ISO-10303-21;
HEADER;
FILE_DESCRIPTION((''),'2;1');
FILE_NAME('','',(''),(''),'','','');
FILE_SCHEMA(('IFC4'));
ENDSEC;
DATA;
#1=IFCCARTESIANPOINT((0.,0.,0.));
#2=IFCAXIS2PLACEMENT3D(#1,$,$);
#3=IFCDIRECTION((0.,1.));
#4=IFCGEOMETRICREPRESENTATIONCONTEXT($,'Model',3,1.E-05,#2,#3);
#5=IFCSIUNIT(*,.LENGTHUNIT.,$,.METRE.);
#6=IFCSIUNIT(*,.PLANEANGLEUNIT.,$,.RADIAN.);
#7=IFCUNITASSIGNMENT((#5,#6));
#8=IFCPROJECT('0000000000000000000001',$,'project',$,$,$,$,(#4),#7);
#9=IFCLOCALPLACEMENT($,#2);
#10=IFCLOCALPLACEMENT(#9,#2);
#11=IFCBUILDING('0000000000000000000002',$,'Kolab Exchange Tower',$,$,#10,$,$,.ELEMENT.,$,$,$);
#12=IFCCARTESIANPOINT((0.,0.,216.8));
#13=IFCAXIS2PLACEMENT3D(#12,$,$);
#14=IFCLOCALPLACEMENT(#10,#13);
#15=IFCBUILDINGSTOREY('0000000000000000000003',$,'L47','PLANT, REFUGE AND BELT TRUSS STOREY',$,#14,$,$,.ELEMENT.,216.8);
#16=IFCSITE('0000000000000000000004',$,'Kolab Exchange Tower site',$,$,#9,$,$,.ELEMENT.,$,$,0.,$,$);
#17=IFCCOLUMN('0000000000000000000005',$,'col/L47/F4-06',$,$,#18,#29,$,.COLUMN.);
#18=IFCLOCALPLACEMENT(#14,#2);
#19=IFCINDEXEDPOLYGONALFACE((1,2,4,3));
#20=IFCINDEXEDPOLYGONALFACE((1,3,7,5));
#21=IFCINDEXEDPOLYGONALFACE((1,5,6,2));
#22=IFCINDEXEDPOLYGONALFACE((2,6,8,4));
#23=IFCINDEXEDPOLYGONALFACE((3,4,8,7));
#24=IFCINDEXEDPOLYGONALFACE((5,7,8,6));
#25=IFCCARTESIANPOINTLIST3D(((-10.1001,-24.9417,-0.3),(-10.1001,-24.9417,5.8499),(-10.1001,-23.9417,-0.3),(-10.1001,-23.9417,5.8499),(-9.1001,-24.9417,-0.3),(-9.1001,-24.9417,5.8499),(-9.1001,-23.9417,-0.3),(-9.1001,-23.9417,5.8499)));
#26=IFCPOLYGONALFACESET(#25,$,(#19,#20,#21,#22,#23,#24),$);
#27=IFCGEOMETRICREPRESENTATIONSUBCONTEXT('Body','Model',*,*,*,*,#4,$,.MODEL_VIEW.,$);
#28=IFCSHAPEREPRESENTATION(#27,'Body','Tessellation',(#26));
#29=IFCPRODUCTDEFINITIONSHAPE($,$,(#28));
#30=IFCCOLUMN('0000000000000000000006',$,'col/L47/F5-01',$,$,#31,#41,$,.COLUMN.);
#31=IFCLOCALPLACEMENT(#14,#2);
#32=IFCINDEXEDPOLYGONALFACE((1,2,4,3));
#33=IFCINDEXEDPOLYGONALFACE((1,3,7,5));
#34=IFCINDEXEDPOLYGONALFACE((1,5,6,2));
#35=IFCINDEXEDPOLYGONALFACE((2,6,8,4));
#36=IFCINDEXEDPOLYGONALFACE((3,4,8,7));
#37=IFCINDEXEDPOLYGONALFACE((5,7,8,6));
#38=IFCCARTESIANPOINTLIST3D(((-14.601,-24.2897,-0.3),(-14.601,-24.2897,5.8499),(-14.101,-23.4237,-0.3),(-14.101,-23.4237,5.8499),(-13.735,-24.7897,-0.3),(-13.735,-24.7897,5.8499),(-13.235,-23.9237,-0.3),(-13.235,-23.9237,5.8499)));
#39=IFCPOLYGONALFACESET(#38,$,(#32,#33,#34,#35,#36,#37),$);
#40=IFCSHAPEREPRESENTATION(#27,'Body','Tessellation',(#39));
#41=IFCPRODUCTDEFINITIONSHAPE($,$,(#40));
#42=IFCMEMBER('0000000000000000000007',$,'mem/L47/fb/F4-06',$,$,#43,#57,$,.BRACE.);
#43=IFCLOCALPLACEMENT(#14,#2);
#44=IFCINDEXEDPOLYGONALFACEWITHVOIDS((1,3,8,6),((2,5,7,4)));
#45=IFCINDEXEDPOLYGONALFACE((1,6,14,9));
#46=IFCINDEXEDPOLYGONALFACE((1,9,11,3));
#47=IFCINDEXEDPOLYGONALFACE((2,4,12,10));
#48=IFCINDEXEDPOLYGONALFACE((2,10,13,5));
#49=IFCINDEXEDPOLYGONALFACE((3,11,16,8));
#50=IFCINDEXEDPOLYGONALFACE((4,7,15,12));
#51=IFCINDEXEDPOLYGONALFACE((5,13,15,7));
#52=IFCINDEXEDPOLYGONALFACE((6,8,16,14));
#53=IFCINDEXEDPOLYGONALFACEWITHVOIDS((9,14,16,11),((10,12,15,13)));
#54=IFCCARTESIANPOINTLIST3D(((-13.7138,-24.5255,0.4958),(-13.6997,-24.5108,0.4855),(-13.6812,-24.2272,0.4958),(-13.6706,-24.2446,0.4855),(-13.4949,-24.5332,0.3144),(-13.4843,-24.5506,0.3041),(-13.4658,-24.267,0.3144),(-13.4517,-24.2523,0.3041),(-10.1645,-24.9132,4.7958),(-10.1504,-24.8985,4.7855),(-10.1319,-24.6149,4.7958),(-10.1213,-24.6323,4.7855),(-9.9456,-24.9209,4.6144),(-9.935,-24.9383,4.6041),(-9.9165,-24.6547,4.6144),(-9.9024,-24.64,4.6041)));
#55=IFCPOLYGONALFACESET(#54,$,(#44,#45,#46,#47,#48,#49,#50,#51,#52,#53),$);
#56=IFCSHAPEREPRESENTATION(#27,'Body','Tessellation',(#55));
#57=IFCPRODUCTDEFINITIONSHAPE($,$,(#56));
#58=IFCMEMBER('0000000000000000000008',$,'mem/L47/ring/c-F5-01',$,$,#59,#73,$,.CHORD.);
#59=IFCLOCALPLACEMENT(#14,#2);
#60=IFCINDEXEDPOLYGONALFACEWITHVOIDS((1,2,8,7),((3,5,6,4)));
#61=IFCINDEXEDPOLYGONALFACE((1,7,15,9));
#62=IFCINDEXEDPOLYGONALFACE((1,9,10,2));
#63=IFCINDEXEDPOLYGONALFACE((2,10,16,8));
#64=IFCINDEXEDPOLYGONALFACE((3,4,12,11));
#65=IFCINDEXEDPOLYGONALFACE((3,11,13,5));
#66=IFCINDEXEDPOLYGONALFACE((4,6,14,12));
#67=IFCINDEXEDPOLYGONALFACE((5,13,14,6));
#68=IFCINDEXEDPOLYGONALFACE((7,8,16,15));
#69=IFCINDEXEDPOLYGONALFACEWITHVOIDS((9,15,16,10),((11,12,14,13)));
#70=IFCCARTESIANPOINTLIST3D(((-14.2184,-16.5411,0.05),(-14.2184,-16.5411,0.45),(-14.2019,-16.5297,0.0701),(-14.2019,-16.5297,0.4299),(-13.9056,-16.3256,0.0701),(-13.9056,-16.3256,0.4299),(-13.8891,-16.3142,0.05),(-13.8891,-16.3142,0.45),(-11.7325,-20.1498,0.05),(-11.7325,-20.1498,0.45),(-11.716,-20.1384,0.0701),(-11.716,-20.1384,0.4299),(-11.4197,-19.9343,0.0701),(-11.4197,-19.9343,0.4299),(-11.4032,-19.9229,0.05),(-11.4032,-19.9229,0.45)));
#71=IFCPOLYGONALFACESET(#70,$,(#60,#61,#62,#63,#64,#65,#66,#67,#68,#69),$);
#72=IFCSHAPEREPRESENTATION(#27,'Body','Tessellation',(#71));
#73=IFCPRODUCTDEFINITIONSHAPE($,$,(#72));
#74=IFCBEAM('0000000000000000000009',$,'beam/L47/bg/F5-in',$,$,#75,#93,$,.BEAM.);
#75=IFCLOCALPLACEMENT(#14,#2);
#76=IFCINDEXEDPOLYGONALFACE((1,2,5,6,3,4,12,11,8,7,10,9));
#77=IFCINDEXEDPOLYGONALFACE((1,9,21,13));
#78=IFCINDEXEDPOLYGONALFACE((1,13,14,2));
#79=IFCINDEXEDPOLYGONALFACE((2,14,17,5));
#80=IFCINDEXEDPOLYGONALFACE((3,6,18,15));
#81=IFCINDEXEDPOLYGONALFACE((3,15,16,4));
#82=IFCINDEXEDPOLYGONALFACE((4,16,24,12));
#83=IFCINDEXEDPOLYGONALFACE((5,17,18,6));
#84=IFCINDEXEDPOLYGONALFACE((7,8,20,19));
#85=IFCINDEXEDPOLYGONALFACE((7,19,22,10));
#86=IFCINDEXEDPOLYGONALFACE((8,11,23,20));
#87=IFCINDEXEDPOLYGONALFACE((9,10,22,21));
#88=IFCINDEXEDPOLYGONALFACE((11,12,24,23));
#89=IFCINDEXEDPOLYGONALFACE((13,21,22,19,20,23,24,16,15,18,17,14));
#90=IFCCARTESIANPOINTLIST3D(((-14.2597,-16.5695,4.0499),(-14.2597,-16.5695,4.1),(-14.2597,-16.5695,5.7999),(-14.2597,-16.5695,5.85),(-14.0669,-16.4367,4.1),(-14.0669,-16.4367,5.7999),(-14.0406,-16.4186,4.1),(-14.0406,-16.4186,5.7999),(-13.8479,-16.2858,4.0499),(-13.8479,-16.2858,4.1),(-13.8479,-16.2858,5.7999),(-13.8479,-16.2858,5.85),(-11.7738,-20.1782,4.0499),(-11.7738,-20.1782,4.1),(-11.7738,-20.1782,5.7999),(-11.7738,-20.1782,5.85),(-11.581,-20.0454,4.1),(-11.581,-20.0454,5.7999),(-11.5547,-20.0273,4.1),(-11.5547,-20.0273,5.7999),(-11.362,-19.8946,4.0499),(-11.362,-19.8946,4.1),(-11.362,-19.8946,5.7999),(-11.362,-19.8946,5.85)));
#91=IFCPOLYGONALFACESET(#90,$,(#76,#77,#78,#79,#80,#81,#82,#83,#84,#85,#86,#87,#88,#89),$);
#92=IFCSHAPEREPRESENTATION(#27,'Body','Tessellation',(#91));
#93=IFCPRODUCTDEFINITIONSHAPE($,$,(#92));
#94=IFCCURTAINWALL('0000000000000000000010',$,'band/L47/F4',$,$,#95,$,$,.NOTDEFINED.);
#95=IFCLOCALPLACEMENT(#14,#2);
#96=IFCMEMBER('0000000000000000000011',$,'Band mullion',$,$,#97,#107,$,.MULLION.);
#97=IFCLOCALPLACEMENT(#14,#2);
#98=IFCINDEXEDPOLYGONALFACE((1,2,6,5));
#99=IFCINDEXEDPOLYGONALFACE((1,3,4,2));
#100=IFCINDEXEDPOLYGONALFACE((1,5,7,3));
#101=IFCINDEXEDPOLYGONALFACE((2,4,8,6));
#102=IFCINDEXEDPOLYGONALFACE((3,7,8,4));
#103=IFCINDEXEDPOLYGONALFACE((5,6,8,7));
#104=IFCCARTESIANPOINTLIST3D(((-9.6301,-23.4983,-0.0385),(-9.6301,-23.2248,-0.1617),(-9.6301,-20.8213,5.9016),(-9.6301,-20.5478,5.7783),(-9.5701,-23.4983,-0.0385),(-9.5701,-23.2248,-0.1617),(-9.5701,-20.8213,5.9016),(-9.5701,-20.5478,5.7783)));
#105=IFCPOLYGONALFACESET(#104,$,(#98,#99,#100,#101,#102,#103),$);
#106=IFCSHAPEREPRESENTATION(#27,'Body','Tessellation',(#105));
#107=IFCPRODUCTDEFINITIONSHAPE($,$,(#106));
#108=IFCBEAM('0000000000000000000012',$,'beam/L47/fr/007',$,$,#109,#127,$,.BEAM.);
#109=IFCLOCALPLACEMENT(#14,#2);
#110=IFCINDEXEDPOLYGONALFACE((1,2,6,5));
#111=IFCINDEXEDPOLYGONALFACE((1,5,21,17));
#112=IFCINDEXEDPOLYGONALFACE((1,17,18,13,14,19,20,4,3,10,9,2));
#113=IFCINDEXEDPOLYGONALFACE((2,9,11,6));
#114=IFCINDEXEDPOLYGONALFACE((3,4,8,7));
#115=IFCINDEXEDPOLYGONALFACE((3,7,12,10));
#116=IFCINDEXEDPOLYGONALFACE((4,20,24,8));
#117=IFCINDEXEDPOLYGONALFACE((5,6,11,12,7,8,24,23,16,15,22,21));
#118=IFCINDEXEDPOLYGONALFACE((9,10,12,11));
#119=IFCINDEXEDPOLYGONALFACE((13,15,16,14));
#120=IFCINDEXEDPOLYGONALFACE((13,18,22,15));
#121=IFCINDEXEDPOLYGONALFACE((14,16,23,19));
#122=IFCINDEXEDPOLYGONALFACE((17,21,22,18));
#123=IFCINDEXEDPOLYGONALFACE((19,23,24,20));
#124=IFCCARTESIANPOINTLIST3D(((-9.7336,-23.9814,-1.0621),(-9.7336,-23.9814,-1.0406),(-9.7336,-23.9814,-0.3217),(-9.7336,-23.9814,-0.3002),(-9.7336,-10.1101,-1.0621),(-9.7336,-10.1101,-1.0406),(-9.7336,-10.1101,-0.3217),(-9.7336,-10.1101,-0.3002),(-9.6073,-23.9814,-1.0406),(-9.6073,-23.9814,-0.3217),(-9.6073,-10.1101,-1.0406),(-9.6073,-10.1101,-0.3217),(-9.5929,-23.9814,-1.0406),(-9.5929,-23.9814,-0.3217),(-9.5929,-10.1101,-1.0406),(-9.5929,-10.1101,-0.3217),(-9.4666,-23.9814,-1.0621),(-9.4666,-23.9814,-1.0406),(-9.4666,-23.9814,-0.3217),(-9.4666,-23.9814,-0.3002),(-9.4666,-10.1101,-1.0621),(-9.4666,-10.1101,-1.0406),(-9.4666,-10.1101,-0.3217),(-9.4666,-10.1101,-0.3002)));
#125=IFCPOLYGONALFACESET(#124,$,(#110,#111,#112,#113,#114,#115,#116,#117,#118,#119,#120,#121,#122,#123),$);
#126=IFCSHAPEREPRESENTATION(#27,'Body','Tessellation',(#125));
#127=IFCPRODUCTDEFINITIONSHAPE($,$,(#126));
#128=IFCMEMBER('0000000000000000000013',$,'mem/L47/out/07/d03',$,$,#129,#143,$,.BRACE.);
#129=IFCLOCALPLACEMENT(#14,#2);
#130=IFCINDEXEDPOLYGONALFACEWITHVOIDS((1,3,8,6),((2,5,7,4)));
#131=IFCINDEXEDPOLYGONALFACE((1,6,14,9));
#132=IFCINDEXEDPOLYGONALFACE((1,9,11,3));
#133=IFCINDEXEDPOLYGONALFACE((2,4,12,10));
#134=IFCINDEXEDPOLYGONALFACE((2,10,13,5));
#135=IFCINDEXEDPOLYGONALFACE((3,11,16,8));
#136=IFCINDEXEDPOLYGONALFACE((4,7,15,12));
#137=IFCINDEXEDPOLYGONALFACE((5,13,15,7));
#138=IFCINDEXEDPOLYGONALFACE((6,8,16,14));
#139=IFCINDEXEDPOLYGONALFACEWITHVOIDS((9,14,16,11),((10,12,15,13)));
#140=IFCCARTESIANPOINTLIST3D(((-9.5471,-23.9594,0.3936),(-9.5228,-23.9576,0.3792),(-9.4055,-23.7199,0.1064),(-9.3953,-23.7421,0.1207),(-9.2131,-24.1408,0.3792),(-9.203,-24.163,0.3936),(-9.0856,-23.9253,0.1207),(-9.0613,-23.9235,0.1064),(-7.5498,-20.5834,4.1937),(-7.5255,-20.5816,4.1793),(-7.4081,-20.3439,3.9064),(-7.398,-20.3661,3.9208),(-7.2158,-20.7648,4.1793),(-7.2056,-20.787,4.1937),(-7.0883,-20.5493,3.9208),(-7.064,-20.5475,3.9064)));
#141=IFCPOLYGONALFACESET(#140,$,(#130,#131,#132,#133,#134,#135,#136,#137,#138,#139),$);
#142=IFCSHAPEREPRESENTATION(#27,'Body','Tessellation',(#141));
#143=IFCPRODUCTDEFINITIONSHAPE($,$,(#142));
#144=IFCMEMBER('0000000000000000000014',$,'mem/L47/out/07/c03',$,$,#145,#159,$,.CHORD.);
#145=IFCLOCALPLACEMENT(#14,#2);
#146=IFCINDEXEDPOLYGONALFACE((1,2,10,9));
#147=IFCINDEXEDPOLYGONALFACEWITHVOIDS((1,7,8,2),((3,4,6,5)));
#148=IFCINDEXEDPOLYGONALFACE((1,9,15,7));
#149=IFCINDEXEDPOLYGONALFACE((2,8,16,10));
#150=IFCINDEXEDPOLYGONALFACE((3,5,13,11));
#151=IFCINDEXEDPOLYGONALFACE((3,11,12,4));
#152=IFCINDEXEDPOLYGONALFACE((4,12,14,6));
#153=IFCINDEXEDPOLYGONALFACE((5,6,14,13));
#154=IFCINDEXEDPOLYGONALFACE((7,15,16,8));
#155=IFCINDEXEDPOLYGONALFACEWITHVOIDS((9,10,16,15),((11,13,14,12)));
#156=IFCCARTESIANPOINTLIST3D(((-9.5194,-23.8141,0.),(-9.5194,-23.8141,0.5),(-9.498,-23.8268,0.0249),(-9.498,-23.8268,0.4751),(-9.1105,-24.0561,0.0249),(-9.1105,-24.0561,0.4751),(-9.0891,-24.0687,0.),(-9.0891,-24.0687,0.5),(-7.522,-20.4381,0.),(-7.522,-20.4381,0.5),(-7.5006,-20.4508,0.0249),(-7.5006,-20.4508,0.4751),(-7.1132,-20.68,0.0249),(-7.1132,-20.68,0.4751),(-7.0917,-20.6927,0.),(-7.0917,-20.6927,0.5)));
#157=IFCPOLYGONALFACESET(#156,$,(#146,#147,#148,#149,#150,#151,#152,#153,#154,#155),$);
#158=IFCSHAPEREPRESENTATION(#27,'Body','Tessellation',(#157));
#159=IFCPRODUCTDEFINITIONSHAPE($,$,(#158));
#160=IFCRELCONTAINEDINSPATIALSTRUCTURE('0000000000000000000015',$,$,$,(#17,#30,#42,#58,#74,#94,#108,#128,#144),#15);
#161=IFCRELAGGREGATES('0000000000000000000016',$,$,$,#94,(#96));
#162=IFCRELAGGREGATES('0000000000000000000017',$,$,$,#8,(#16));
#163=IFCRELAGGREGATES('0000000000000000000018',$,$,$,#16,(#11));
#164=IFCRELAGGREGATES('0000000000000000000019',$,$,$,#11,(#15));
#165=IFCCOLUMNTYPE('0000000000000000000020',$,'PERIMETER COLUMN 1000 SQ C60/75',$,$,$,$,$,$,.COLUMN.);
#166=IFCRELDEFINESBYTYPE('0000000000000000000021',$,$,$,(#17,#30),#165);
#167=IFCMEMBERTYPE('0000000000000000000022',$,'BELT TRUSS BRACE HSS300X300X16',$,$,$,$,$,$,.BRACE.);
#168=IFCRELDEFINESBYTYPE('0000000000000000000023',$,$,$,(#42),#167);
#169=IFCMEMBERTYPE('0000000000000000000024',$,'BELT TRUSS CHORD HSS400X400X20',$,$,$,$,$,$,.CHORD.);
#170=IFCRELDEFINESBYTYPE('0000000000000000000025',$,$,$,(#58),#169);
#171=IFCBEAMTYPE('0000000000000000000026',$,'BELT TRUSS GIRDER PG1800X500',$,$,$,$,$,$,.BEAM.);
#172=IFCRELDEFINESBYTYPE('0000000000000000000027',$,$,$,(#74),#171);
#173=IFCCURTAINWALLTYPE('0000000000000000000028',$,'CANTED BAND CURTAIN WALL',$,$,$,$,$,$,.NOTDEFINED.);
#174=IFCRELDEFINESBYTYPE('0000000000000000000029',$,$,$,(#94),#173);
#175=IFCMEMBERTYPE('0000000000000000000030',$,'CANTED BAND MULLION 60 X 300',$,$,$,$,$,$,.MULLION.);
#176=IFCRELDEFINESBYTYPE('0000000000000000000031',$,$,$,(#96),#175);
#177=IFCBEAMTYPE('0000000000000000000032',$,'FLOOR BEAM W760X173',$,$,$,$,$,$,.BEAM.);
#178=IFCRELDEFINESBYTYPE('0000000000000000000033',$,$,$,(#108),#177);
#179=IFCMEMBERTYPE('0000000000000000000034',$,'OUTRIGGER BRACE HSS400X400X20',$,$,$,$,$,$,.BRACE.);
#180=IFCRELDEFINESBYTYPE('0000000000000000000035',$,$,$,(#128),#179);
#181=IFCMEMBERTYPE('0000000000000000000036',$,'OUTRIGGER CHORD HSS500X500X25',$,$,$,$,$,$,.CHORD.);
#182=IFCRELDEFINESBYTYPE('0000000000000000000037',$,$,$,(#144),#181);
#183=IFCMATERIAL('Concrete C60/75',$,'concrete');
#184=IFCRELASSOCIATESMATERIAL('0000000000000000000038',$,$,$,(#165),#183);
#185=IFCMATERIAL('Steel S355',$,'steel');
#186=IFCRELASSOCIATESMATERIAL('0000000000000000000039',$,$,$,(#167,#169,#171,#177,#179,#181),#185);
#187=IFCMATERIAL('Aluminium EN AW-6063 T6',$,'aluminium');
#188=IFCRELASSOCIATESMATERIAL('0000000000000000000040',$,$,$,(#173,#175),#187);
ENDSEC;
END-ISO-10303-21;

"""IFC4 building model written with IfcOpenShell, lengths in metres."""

from ifc_helpers import new_model, si_unit, direction, frame, origin, origin_2d, place, context, subcontext, project, spatial, rectangle, hollow_rectangle, i_section, extrude, material, material_profile, profile_set, type_object, element, aggregate, save


model = new_model("IFC4")

# Units and contexts
model_context = context("Model", 3, precision=1e-05, world=origin(), true_north=direction((0.0, 1.0)))
body_context = subcontext(model_context, "Body", "Model", "MODEL_VIEW")
ifc_project = project(units=[si_unit("LENGTHUNIT", "METRE"), si_unit("PLANEANGLEUNIT", "RADIAN")], contexts=[model_context])

# Site, building, storey
site_placement = place(None, origin())
site = spatial("IfcSite", under=ifc_project, at=site_placement, Name="Kolab Exchange Tower site", CompositionType="ELEMENT", RefElevation=0.0)
building_placement = place(site_placement, origin())
building = spatial("IfcBuilding", under=site, at=building_placement, Name="Kolab Exchange Tower", CompositionType="ELEMENT")
storey_placement = place(building_placement, frame((0.0, 0.0, 216.8)))
storey = spatial("IfcBuildingStorey", under=building, at=storey_placement, Name="L47", Description="PLANT, REFUGE AND BELT TRUSS STOREY", CompositionType="ELEMENT", Elevation=216.8)

# Columns
ifc_material_1 = material(Name="Concrete C60/75", Category="concrete")
ifc_material_profile_1 = material_profile(ifc_material_1, rectangle(XDim=1.0, YDim=1.0, at=origin_2d()), Name="RC1000")
ifc_profile_set_1 = profile_set([ifc_material_profile_1], Name="Concrete C60/75")
column_type = type_object("IfcColumnType", Name="PERIMETER COLUMN 1000 SQ C60/75", PredefinedType="COLUMN", material=ifc_profile_set_1)
for number, where, z_axis, x_axis, name in (
    (1, (-9.6001, -24.4417, -0.3), (0.0, 0.0, 1.0), (1.0, 0.0, 0.0), "col/L47/F4-06"),
    (2, (-13.918, -24.1067, -0.3), (0.0, 0.0, 1.0), (0.5, 0.866025, 0.0), "col/L47/F5-01"),
):
    element("IfcColumn", number, at=place(storey_placement, frame(where, z_axis=z_axis, x_axis=x_axis)), inside=storey, type_object=column_type, Name=name, PredefinedType="COLUMN", context=body_context, shape_type="SweptSolid", body=[
        extrude(rectangle(XDim=1.0, YDim=1.0, at=origin_2d()), origin(), (0.0, 0.0, 1.0), 6.1499),
    ])

# Members
ifc_material_2 = material(Name="Steel S355", Category="steel")
ifc_material_profile_2 = material_profile(ifc_material_2, hollow_rectangle(XDim=0.3, YDim=0.3, WallThickness=0.0161, at=origin_2d()), Name="HSS300X300X16")
ifc_profile_set_2 = profile_set([ifc_material_profile_2], Name="Steel S355")
member_type_1 = type_object("IfcMemberType", Name="BELT TRUSS BRACE HSS300X300X16", PredefinedType="BRACE", material=ifc_profile_set_2)
member_1_placement = place(storey_placement, frame((-10.0334, -24.7766, 4.7), z_axis=(-0.635039, 0.069366, -0.769359), x_axis=(-0.108585, -0.994087, 0.0)))
element("IfcMember", 3, at=member_1_placement, inside=storey, type_object=member_type_1, Name="mem/L47/fb/F4-06", PredefinedType="BRACE", context=body_context, shape_type="SweptSolid", body=[
    extrude(hollow_rectangle(XDim=0.3, YDim=0.3, WallThickness=0.0161, at=origin_2d()), origin(), (0.0, 0.0, 1.0), 5.5891),
])
ifc_material_profile_3 = material_profile(ifc_material_2, hollow_rectangle(XDim=0.3999, YDim=0.3999, WallThickness=0.02, at=origin_2d()), Name="HSS400X400X20")
ifc_profile_set_3 = profile_set([ifc_material_profile_3], Name="Steel S355")
member_type_2 = type_object("IfcMemberType", Name="BELT TRUSS CHORD HSS400X400X20", PredefinedType="CHORD", material=ifc_profile_set_3)
member_2_placement = place(storey_placement, frame((-11.5679, -20.0364, 0.25), z_axis=(-0.567288, 0.82352, 0.0), x_axis=(-0.82352, -0.567288, 0.0)))
element("IfcMember", 4, at=member_2_placement, inside=storey, type_object=member_type_2, Name="mem/L47/ring/c-F5-01", PredefinedType="CHORD", context=body_context, shape_type="SweptSolid", body=[
    extrude(hollow_rectangle(XDim=0.3999, YDim=0.3999, WallThickness=0.02, at=origin_2d()), origin(), (0.0, 0.0, 1.0), 4.3821),
])

# Beam
ifc_material_profile_4 = material_profile(ifc_material_2, i_section(OverallWidth=0.5, OverallDepth=1.8, WebThickness=0.032, FlangeThickness=0.05, at=origin_2d()), Name="PG1800X500")
ifc_profile_set_4 = profile_set([ifc_material_profile_4], Name="Steel S355")
beam_type_1 = type_object("IfcBeamType", Name="BELT TRUSS GIRDER PG1800X500", PredefinedType="BEAM", material=ifc_profile_set_4)
beam_1_placement = place(storey_placement, frame((-11.5679, -20.0364, 4.95), z_axis=(-0.567288, 0.82352, 0.0), x_axis=(-0.82352, -0.567288, 0.0)))
element("IfcBeam", 5, at=beam_1_placement, inside=storey, type_object=beam_type_1, Name="beam/L47/bg/F5-in", PredefinedType="BEAM", context=body_context, shape_type="SweptSolid", body=[
    extrude(i_section(OverallWidth=0.5, OverallDepth=1.8, WebThickness=0.032, FlangeThickness=0.05, at=origin_2d()), origin(), (0.0, 0.0, 1.0), 4.3821),
])

# Curtain wall, member
ifc_material_3 = material(Name="Aluminium EN AW-6063 T6", Category="aluminium")
curtain_wall_type_1 = type_object("IfcCurtainWallType", Name="CANTED BAND CURTAIN WALL", PredefinedType="NOTDEFINED", material=ifc_material_3)
curtain_wall_1_placement = place(storey_placement, origin())
curtain_wall_1 = element("IfcCurtainWall", 6, at=curtain_wall_1_placement, inside=storey, type_object=curtain_wall_type_1, Name="band/L47/F4", PredefinedType="NOTDEFINED")
ifc_material_profile_5 = material_profile(ifc_material_3, rectangle(XDim=0.0601, YDim=0.3, at=origin_2d()), Name="RECT 60X300")
ifc_profile_set_5 = profile_set([ifc_material_profile_5], Name="Aluminium EN AW-6063 T6")
member_type_3 = type_object("IfcMemberType", Name="CANTED BAND MULLION 60 X 300", PredefinedType="MULLION", material=ifc_profile_set_5)
member_3_placement = place(storey_placement, frame((-9.6001, -23.3616, -0.1001), z_axis=(0.0, 0.410879, 0.91169), x_axis=(-1.0, 0.0, 0.0)))
member_3 = element("IfcMember", 7, at=member_3_placement, type_object=member_type_3, Name="Band mullion", PredefinedType="MULLION", context=body_context, shape_type="SweptSolid", body=[
    extrude(rectangle(XDim=0.0601, YDim=0.3, at=origin_2d()), origin(), (0.0, 0.0, 1.0), 6.5154),
])
aggregate(curtain_wall_1, [member_3])

# Beam
ifc_material_profile_6 = material_profile(ifc_material_2, i_section(OverallWidth=0.2671, OverallDepth=0.762, WebThickness=0.0144, FlangeThickness=0.0215, at=origin_2d()), Name="W760X173")
ifc_profile_set_6 = profile_set([ifc_material_profile_6], Name="Steel S355")
beam_type_2 = type_object("IfcBeamType", Name="FLOOR BEAM W760X173", PredefinedType="BEAM", material=ifc_profile_set_6)
beam_2_placement = place(storey_placement, frame((-9.6001, -23.9814, -0.6812), z_axis=(0.0, 1.0, 0.0), x_axis=(-1.0, 0.0, 0.0)))
element("IfcBeam", 8, at=beam_2_placement, inside=storey, type_object=beam_type_2, Name="beam/L47/fr/007", PredefinedType="BEAM", context=body_context, shape_type="SweptSolid", body=[
    extrude(i_section(OverallWidth=0.2671, OverallDepth=0.762, WebThickness=0.0144, FlangeThickness=0.0215, at=origin_2d()), origin(), (0.0, 0.0, 1.0), 13.8713),
])

# Members
ifc_material_profile_7 = material_profile(ifc_material_2, hollow_rectangle(XDim=0.3999, YDim=0.3999, WallThickness=0.02, at=origin_2d()), Name="HSS400X400X20")
ifc_profile_set_7 = profile_set([ifc_material_profile_7], Name="Steel S355")
member_type_4 = type_object("IfcMemberType", Name="OUTRIGGER BRACE HSS400X400X20", PredefinedType="BRACE", material=ifc_profile_set_7)
member_4_placement = place(storey_placement, frame((-7.3069, -20.5654, 4.05), z_axis=(-0.365715, -0.618153, -0.695802), x_axis=(0.860656, -0.509186, 0.0)))
element("IfcMember", 9, at=member_4_placement, inside=storey, type_object=member_type_4, Name="mem/L47/out/07/d03", PredefinedType="BRACE", context=body_context, shape_type="SweptSolid", body=[
    extrude(hollow_rectangle(XDim=0.3999, YDim=0.3999, WallThickness=0.02, at=origin_2d()), origin(), (0.0, 0.0, 1.0), 5.4614),
])
ifc_material_profile_8 = material_profile(ifc_material_2, hollow_rectangle(XDim=0.5, YDim=0.5, WallThickness=0.0249, at=origin_2d()), Name="HSS500X500X25")
ifc_profile_set_8 = profile_set([ifc_material_profile_8], Name="Steel S355")
member_type_5 = type_object("IfcMemberType", Name="OUTRIGGER CHORD HSS500X500X25", PredefinedType="CHORD", material=ifc_profile_set_8)
member_5_placement = place(storey_placement, frame((-7.3069, -20.5654, 0.25), z_axis=(-0.509186, -0.860656, 0.0), x_axis=(0.860656, -0.509186, 0.0)))
element("IfcMember", 10, at=member_5_placement, inside=storey, type_object=member_type_5, Name="mem/L47/out/07/c03", PredefinedType="CHORD", context=body_context, shape_type="SweptSolid", body=[
    extrude(hollow_rectangle(XDim=0.5, YDim=0.5, WallThickness=0.0249, at=origin_2d()), origin(), (0.0, 0.0, 1.0), 3.9226),
])

save(model, "model.ifc")
